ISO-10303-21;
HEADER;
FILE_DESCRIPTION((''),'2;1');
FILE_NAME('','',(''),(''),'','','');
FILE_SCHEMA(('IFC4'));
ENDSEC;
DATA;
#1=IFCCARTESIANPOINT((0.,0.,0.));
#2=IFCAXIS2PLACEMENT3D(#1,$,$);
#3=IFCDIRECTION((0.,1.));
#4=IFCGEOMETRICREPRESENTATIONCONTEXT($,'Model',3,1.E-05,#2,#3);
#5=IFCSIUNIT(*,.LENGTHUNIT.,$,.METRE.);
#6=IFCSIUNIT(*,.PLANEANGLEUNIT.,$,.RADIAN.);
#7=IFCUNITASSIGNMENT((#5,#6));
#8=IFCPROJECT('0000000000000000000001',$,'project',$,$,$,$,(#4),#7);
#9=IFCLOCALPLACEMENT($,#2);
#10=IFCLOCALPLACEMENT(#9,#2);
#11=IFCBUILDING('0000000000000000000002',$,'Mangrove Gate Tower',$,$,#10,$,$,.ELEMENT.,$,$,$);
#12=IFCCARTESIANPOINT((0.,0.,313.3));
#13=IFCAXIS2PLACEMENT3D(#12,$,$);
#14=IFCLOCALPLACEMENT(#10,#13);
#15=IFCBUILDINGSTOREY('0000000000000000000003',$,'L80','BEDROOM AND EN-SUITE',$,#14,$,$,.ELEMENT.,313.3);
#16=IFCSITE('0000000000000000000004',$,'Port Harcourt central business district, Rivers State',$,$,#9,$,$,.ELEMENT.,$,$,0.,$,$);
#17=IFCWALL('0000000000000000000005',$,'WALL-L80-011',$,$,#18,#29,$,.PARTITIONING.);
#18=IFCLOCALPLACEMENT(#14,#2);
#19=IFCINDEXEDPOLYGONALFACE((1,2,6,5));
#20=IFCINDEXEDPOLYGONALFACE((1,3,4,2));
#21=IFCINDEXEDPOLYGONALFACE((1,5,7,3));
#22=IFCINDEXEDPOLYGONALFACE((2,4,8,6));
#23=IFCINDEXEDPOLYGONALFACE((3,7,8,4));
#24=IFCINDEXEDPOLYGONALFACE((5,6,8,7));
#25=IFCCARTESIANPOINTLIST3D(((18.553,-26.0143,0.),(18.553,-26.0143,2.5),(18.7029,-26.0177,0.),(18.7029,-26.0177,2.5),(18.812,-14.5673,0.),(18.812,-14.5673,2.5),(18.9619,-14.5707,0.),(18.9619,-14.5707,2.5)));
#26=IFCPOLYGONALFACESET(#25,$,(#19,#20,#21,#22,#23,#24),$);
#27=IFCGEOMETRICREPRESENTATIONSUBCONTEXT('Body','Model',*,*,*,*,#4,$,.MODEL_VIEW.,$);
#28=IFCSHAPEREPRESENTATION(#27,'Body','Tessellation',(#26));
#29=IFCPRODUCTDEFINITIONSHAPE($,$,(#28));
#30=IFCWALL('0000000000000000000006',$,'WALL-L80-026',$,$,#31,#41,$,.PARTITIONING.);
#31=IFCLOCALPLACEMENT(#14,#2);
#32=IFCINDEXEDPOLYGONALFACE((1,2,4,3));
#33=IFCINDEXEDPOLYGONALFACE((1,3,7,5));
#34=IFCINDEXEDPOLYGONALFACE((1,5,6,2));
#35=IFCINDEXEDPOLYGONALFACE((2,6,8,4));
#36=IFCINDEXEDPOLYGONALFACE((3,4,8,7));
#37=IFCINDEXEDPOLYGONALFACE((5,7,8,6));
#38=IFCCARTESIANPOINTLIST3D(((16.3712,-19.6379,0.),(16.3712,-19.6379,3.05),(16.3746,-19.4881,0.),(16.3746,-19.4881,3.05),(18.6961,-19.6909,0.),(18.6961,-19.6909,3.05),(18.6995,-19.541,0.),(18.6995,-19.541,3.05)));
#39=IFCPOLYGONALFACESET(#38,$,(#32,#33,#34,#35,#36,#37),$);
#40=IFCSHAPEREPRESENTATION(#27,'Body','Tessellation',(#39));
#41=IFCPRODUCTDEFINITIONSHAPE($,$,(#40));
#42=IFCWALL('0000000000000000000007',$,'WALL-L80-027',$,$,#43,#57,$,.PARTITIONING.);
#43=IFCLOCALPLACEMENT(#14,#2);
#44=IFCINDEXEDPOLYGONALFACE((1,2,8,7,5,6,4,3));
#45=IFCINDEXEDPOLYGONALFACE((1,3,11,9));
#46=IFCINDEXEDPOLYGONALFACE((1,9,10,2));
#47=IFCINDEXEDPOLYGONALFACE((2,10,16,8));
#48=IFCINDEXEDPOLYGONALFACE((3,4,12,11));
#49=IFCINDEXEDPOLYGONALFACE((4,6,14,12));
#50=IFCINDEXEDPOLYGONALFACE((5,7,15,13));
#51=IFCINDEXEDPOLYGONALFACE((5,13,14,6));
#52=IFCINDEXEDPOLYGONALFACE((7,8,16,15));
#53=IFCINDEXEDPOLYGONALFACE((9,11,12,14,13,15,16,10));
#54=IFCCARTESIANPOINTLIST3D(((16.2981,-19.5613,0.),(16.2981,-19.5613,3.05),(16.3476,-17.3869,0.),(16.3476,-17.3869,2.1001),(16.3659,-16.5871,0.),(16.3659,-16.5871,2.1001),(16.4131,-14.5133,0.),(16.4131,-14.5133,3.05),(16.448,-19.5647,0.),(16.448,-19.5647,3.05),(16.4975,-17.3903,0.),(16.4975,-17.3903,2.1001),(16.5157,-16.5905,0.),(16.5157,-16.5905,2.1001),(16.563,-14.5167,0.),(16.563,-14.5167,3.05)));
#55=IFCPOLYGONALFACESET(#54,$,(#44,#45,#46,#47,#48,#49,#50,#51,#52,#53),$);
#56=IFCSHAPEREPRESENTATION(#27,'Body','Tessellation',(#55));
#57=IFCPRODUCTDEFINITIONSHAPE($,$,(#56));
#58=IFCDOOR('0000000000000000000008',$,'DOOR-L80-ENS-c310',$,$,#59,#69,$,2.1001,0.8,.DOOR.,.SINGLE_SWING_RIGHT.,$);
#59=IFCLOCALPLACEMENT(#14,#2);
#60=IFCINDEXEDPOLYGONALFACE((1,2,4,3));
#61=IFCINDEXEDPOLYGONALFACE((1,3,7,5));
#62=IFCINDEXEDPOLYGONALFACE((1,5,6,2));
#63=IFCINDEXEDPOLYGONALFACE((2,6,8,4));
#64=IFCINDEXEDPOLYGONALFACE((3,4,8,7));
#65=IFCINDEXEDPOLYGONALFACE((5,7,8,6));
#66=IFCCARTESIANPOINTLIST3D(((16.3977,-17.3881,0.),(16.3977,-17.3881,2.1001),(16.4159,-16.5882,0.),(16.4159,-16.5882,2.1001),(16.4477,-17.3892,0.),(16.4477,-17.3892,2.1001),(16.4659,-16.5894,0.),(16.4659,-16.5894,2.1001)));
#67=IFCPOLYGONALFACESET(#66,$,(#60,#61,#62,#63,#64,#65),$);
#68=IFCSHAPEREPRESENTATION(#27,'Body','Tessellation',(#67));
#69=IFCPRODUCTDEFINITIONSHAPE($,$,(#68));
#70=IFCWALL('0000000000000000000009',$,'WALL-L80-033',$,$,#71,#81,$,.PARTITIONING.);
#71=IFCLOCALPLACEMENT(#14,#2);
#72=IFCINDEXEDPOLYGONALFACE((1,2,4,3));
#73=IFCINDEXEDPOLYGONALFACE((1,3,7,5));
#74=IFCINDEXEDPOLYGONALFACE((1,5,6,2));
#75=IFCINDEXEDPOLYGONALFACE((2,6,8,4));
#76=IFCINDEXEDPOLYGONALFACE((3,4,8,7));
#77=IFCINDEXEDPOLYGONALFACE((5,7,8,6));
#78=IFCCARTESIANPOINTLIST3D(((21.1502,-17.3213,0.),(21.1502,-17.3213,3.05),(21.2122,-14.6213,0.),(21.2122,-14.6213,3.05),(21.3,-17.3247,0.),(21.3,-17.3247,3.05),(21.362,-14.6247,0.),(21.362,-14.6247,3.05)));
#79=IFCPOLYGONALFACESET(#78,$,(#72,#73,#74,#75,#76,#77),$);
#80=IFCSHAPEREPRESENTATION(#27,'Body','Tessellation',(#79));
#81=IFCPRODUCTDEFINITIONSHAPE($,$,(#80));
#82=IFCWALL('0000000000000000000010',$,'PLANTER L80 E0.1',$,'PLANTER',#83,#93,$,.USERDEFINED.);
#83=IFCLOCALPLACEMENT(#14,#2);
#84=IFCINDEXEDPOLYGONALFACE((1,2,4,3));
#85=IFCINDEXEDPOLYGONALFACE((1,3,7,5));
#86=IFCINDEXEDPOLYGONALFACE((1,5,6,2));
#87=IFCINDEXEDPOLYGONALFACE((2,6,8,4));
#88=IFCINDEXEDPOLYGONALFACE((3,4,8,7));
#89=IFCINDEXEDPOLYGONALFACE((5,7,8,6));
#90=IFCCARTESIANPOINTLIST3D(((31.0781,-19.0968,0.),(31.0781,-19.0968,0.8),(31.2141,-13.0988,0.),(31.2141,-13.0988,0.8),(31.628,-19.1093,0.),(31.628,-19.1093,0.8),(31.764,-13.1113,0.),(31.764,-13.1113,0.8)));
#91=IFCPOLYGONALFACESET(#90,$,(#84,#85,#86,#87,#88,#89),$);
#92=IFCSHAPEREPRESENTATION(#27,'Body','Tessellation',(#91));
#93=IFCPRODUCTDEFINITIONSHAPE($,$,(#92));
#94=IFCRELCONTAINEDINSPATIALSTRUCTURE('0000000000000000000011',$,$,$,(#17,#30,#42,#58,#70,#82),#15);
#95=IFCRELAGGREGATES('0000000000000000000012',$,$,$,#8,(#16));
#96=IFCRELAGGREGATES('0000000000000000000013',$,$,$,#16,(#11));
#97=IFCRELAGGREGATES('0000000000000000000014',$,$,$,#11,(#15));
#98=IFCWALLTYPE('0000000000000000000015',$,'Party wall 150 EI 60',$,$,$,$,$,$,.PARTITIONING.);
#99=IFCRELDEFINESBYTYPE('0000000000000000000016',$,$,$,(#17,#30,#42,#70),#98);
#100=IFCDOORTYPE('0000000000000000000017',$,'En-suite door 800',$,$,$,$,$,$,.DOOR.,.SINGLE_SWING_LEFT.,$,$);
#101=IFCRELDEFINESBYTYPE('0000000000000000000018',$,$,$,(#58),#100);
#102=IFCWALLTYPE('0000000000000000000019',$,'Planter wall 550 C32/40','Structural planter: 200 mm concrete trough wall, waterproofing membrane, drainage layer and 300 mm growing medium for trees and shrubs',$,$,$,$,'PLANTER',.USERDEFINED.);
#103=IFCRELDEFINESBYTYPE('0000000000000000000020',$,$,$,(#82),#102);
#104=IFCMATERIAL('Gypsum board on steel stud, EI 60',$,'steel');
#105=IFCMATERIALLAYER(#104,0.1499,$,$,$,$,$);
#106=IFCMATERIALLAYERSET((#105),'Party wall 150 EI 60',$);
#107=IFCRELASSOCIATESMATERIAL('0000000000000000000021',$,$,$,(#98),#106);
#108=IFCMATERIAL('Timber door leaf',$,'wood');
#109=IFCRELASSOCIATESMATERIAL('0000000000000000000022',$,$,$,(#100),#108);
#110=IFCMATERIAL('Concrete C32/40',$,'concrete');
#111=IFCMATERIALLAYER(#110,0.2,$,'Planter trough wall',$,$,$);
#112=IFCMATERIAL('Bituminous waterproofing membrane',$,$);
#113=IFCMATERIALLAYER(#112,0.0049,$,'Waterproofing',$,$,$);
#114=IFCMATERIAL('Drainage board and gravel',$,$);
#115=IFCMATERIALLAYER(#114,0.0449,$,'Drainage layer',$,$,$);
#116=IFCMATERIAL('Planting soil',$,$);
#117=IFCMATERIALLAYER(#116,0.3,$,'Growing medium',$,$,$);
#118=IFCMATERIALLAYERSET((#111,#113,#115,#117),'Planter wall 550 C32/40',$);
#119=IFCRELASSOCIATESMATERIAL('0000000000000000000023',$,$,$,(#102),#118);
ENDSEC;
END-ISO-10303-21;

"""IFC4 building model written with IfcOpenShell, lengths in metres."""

from ifc_helpers import new_model, si_unit, direction, frame, frame_2d, origin, place, context, subcontext, project, spatial, rectangle, extrude, material, layer, layer_set, type_object, element, fill, save


model = new_model("IFC4")

# Units and contexts
model_context = context("Model", 3, precision=1e-05, world=origin(), true_north=direction((0.0, 1.0)))
body_context = subcontext(model_context, "Body", "Model", "MODEL_VIEW")
ifc_project = project(units=[si_unit("LENGTHUNIT", "METRE"), si_unit("PLANEANGLEUNIT", "RADIAN")], contexts=[model_context])

# Site, building, storey
site_placement = place(None, origin())
site = spatial("IfcSite", under=ifc_project, at=site_placement, Name="Port Harcourt central business district, Rivers State", CompositionType="ELEMENT", RefElevation=0.0)
building_placement = place(site_placement, origin())
building = spatial("IfcBuilding", under=site, at=building_placement, Name="Mangrove Gate Tower", CompositionType="ELEMENT")
storey_placement = place(building_placement, frame((0.0, 0.0, 313.3)))
storey = spatial("IfcBuildingStorey", under=building, at=storey_placement, Name="L80", Description="BEDROOM AND EN-SUITE", CompositionType="ELEMENT", Elevation=313.3)

# Walls
ifc_material_1 = material(Name="Gypsum board on steel stud, EI 60", Category="steel")
ifc_layer_1 = layer(ifc_material_1, 0.1499)
ifc_layer_set_1 = layer_set([ifc_layer_1], Name="Party wall 150 EI 60")
wall_type_1 = type_object("IfcWallType", Name="Party wall 150 EI 60", PredefinedType="PARTITIONING", material=ifc_layer_set_1)
wall_1_placement = place(storey_placement, frame((18.6279, -26.0161, 0.0), z_axis=(0.0, 0.0, 1.0), x_axis=(0.022623, 0.999744, 0.0)))
element("IfcWall", 1, at=wall_1_placement, inside=storey, type_object=wall_type_1, Name="WALL-L80-011", PredefinedType="PARTITIONING", context=body_context, shape_type="SweptSolid", body=[
    extrude(rectangle(XDim=11.45, YDim=0.1499, at=frame_2d((5.7251, 0.0))), origin(), (0.0, 0.0, 1.0), 2.5),
])
wall_2_placement = place(storey_placement, frame((16.373, -19.563, 0.0), z_axis=(0.0, 0.0, 1.0), x_axis=(0.99974, -0.022781, 0.0)))
element("IfcWall", 2, at=wall_2_placement, inside=storey, type_object=wall_type_1, Name="WALL-L80-026", PredefinedType="PARTITIONING", context=body_context, shape_type="SweptSolid", body=[
    extrude(rectangle(XDim=2.3254, YDim=0.1499, at=frame_2d((1.1626, 0.0))), origin(), (0.0, 0.0, 1.0), 3.05),
])

# Wall, opening, door
wall_3_placement = place(storey_placement, frame((16.373, -19.563, 0.0), z_axis=(0.0, 0.0, 1.0), x_axis=(0.022773, 0.999741, 0.0)))
wall_3 = element("IfcWall", 3, at=wall_3_placement, inside=storey, type_object=wall_type_1, Name="WALL-L80-027", PredefinedType="PARTITIONING", context=body_context, shape_type="SweptSolid", body=[
    extrude(rectangle(XDim=5.0493, YDim=0.1499, at=frame_2d((2.5247, 0.0))), origin(), (0.0, 0.0, 1.0), 3.05),
])
opening_1_placement = place(wall_3_placement, frame((2.175, 0.0, 0.0)))
opening_1 = element("IfcOpeningElement", 4, at=opening_1_placement, cuts=wall_3, PredefinedType="OPENING", context=body_context, shape_type="SweptSolid", body=[
    extrude(rectangle(XDim=0.8, YDim=2.1001, at=frame_2d((0.3999, 1.05))), frame((0.0, 0.085, 0.0), z_axis=(0.0, -1.0, 0.0), x_axis=(1.0, 0.0, 0.0)), (0.0, 0.0, 1.0), 0.1699),
])
ifc_material_2 = material(Name="Timber door leaf", Category="wood")
door_type_1 = type_object("IfcDoorType", Name="En-suite door 800", OperationType="SINGLE_SWING_LEFT", PredefinedType="DOOR", material=ifc_material_2)
door_1_placement = place(opening_1_placement, origin())
door_1 = element("IfcDoor", 5, at=door_1_placement, inside=storey, type_object=door_type_1, Name="DOOR-L80-ENS-c310", OperationType="SINGLE_SWING_RIGHT", OverallHeight=2.1001, OverallWidth=0.8, PredefinedType="DOOR", context=body_context, shape_type="SweptSolid", body=[
    extrude(rectangle(XDim=0.8, YDim=2.1001, at=frame_2d((0.3999, 1.05))), frame((0.0, 0.0249, 0.0), z_axis=(0.0, -1.0, 0.0), x_axis=(1.0, 0.0, 0.0)), (0.0, 0.0, 1.0), 0.05),
])
fill(opening_1, door_1)

# Walls
wall_4_placement = place(storey_placement, frame((21.2251, -17.323, 0.0), z_axis=(0.0, 0.0, 1.0), x_axis=(0.022962, 0.999736, 0.0)))
element("IfcWall", 6, at=wall_4_placement, inside=storey, type_object=wall_type_1, Name="WALL-L80-033", PredefinedType="PARTITIONING", context=body_context, shape_type="SweptSolid", body=[
    extrude(rectangle(XDim=2.7007, YDim=0.1499, at=frame_2d((1.3503, 0.0))), origin(), (0.0, 0.0, 1.0), 3.05),
])
ifc_material_3 = material(Name="Concrete C32/40", Category="concrete")
ifc_layer_2 = layer(ifc_material_3, 0.2, Name="Planter trough wall")
ifc_material_4 = material(Name="Bituminous waterproofing membrane")
ifc_layer_3 = layer(ifc_material_4, 0.0049, Name="Waterproofing")
ifc_material_5 = material(Name="Drainage board and gravel")
ifc_layer_4 = layer(ifc_material_5, 0.0449, Name="Drainage layer")
ifc_material_6 = material(Name="Planting soil")
ifc_layer_5 = layer(ifc_material_6, 0.3, Name="Growing medium")
ifc_layer_set_2 = layer_set([ifc_layer_2, ifc_layer_3, ifc_layer_4, ifc_layer_5], Name="Planter wall 550 C32/40")
wall_type_2 = type_object("IfcWallType", Name="Planter wall 550 C32/40", Description="Structural planter: 200 mm concrete trough wall, waterproofing membrane, drainage layer and 300 mm growing medium for trees and shrubs", ElementType="PLANTER", PredefinedType="USERDEFINED", material=ifc_layer_set_2)
wall_5_placement = place(storey_placement, frame((31.353, -19.103, 0.0), z_axis=(0.0, 0.0, 1.0), x_axis=(0.022666, 0.999743, 0.0)))
element("IfcWall", 7, at=wall_5_placement, inside=storey, type_object=wall_type_2, Name="PLANTER L80 E0.1", ObjectType="PLANTER", PredefinedType="USERDEFINED", context=body_context, shape_type="SweptSolid", body=[
    extrude(rectangle(XDim=5.9995, YDim=0.55, at=frame_2d((2.9998, 0.0))), origin(), (0.0, 0.0, 1.0), 0.8),
])

save(model, "model.ifc")
